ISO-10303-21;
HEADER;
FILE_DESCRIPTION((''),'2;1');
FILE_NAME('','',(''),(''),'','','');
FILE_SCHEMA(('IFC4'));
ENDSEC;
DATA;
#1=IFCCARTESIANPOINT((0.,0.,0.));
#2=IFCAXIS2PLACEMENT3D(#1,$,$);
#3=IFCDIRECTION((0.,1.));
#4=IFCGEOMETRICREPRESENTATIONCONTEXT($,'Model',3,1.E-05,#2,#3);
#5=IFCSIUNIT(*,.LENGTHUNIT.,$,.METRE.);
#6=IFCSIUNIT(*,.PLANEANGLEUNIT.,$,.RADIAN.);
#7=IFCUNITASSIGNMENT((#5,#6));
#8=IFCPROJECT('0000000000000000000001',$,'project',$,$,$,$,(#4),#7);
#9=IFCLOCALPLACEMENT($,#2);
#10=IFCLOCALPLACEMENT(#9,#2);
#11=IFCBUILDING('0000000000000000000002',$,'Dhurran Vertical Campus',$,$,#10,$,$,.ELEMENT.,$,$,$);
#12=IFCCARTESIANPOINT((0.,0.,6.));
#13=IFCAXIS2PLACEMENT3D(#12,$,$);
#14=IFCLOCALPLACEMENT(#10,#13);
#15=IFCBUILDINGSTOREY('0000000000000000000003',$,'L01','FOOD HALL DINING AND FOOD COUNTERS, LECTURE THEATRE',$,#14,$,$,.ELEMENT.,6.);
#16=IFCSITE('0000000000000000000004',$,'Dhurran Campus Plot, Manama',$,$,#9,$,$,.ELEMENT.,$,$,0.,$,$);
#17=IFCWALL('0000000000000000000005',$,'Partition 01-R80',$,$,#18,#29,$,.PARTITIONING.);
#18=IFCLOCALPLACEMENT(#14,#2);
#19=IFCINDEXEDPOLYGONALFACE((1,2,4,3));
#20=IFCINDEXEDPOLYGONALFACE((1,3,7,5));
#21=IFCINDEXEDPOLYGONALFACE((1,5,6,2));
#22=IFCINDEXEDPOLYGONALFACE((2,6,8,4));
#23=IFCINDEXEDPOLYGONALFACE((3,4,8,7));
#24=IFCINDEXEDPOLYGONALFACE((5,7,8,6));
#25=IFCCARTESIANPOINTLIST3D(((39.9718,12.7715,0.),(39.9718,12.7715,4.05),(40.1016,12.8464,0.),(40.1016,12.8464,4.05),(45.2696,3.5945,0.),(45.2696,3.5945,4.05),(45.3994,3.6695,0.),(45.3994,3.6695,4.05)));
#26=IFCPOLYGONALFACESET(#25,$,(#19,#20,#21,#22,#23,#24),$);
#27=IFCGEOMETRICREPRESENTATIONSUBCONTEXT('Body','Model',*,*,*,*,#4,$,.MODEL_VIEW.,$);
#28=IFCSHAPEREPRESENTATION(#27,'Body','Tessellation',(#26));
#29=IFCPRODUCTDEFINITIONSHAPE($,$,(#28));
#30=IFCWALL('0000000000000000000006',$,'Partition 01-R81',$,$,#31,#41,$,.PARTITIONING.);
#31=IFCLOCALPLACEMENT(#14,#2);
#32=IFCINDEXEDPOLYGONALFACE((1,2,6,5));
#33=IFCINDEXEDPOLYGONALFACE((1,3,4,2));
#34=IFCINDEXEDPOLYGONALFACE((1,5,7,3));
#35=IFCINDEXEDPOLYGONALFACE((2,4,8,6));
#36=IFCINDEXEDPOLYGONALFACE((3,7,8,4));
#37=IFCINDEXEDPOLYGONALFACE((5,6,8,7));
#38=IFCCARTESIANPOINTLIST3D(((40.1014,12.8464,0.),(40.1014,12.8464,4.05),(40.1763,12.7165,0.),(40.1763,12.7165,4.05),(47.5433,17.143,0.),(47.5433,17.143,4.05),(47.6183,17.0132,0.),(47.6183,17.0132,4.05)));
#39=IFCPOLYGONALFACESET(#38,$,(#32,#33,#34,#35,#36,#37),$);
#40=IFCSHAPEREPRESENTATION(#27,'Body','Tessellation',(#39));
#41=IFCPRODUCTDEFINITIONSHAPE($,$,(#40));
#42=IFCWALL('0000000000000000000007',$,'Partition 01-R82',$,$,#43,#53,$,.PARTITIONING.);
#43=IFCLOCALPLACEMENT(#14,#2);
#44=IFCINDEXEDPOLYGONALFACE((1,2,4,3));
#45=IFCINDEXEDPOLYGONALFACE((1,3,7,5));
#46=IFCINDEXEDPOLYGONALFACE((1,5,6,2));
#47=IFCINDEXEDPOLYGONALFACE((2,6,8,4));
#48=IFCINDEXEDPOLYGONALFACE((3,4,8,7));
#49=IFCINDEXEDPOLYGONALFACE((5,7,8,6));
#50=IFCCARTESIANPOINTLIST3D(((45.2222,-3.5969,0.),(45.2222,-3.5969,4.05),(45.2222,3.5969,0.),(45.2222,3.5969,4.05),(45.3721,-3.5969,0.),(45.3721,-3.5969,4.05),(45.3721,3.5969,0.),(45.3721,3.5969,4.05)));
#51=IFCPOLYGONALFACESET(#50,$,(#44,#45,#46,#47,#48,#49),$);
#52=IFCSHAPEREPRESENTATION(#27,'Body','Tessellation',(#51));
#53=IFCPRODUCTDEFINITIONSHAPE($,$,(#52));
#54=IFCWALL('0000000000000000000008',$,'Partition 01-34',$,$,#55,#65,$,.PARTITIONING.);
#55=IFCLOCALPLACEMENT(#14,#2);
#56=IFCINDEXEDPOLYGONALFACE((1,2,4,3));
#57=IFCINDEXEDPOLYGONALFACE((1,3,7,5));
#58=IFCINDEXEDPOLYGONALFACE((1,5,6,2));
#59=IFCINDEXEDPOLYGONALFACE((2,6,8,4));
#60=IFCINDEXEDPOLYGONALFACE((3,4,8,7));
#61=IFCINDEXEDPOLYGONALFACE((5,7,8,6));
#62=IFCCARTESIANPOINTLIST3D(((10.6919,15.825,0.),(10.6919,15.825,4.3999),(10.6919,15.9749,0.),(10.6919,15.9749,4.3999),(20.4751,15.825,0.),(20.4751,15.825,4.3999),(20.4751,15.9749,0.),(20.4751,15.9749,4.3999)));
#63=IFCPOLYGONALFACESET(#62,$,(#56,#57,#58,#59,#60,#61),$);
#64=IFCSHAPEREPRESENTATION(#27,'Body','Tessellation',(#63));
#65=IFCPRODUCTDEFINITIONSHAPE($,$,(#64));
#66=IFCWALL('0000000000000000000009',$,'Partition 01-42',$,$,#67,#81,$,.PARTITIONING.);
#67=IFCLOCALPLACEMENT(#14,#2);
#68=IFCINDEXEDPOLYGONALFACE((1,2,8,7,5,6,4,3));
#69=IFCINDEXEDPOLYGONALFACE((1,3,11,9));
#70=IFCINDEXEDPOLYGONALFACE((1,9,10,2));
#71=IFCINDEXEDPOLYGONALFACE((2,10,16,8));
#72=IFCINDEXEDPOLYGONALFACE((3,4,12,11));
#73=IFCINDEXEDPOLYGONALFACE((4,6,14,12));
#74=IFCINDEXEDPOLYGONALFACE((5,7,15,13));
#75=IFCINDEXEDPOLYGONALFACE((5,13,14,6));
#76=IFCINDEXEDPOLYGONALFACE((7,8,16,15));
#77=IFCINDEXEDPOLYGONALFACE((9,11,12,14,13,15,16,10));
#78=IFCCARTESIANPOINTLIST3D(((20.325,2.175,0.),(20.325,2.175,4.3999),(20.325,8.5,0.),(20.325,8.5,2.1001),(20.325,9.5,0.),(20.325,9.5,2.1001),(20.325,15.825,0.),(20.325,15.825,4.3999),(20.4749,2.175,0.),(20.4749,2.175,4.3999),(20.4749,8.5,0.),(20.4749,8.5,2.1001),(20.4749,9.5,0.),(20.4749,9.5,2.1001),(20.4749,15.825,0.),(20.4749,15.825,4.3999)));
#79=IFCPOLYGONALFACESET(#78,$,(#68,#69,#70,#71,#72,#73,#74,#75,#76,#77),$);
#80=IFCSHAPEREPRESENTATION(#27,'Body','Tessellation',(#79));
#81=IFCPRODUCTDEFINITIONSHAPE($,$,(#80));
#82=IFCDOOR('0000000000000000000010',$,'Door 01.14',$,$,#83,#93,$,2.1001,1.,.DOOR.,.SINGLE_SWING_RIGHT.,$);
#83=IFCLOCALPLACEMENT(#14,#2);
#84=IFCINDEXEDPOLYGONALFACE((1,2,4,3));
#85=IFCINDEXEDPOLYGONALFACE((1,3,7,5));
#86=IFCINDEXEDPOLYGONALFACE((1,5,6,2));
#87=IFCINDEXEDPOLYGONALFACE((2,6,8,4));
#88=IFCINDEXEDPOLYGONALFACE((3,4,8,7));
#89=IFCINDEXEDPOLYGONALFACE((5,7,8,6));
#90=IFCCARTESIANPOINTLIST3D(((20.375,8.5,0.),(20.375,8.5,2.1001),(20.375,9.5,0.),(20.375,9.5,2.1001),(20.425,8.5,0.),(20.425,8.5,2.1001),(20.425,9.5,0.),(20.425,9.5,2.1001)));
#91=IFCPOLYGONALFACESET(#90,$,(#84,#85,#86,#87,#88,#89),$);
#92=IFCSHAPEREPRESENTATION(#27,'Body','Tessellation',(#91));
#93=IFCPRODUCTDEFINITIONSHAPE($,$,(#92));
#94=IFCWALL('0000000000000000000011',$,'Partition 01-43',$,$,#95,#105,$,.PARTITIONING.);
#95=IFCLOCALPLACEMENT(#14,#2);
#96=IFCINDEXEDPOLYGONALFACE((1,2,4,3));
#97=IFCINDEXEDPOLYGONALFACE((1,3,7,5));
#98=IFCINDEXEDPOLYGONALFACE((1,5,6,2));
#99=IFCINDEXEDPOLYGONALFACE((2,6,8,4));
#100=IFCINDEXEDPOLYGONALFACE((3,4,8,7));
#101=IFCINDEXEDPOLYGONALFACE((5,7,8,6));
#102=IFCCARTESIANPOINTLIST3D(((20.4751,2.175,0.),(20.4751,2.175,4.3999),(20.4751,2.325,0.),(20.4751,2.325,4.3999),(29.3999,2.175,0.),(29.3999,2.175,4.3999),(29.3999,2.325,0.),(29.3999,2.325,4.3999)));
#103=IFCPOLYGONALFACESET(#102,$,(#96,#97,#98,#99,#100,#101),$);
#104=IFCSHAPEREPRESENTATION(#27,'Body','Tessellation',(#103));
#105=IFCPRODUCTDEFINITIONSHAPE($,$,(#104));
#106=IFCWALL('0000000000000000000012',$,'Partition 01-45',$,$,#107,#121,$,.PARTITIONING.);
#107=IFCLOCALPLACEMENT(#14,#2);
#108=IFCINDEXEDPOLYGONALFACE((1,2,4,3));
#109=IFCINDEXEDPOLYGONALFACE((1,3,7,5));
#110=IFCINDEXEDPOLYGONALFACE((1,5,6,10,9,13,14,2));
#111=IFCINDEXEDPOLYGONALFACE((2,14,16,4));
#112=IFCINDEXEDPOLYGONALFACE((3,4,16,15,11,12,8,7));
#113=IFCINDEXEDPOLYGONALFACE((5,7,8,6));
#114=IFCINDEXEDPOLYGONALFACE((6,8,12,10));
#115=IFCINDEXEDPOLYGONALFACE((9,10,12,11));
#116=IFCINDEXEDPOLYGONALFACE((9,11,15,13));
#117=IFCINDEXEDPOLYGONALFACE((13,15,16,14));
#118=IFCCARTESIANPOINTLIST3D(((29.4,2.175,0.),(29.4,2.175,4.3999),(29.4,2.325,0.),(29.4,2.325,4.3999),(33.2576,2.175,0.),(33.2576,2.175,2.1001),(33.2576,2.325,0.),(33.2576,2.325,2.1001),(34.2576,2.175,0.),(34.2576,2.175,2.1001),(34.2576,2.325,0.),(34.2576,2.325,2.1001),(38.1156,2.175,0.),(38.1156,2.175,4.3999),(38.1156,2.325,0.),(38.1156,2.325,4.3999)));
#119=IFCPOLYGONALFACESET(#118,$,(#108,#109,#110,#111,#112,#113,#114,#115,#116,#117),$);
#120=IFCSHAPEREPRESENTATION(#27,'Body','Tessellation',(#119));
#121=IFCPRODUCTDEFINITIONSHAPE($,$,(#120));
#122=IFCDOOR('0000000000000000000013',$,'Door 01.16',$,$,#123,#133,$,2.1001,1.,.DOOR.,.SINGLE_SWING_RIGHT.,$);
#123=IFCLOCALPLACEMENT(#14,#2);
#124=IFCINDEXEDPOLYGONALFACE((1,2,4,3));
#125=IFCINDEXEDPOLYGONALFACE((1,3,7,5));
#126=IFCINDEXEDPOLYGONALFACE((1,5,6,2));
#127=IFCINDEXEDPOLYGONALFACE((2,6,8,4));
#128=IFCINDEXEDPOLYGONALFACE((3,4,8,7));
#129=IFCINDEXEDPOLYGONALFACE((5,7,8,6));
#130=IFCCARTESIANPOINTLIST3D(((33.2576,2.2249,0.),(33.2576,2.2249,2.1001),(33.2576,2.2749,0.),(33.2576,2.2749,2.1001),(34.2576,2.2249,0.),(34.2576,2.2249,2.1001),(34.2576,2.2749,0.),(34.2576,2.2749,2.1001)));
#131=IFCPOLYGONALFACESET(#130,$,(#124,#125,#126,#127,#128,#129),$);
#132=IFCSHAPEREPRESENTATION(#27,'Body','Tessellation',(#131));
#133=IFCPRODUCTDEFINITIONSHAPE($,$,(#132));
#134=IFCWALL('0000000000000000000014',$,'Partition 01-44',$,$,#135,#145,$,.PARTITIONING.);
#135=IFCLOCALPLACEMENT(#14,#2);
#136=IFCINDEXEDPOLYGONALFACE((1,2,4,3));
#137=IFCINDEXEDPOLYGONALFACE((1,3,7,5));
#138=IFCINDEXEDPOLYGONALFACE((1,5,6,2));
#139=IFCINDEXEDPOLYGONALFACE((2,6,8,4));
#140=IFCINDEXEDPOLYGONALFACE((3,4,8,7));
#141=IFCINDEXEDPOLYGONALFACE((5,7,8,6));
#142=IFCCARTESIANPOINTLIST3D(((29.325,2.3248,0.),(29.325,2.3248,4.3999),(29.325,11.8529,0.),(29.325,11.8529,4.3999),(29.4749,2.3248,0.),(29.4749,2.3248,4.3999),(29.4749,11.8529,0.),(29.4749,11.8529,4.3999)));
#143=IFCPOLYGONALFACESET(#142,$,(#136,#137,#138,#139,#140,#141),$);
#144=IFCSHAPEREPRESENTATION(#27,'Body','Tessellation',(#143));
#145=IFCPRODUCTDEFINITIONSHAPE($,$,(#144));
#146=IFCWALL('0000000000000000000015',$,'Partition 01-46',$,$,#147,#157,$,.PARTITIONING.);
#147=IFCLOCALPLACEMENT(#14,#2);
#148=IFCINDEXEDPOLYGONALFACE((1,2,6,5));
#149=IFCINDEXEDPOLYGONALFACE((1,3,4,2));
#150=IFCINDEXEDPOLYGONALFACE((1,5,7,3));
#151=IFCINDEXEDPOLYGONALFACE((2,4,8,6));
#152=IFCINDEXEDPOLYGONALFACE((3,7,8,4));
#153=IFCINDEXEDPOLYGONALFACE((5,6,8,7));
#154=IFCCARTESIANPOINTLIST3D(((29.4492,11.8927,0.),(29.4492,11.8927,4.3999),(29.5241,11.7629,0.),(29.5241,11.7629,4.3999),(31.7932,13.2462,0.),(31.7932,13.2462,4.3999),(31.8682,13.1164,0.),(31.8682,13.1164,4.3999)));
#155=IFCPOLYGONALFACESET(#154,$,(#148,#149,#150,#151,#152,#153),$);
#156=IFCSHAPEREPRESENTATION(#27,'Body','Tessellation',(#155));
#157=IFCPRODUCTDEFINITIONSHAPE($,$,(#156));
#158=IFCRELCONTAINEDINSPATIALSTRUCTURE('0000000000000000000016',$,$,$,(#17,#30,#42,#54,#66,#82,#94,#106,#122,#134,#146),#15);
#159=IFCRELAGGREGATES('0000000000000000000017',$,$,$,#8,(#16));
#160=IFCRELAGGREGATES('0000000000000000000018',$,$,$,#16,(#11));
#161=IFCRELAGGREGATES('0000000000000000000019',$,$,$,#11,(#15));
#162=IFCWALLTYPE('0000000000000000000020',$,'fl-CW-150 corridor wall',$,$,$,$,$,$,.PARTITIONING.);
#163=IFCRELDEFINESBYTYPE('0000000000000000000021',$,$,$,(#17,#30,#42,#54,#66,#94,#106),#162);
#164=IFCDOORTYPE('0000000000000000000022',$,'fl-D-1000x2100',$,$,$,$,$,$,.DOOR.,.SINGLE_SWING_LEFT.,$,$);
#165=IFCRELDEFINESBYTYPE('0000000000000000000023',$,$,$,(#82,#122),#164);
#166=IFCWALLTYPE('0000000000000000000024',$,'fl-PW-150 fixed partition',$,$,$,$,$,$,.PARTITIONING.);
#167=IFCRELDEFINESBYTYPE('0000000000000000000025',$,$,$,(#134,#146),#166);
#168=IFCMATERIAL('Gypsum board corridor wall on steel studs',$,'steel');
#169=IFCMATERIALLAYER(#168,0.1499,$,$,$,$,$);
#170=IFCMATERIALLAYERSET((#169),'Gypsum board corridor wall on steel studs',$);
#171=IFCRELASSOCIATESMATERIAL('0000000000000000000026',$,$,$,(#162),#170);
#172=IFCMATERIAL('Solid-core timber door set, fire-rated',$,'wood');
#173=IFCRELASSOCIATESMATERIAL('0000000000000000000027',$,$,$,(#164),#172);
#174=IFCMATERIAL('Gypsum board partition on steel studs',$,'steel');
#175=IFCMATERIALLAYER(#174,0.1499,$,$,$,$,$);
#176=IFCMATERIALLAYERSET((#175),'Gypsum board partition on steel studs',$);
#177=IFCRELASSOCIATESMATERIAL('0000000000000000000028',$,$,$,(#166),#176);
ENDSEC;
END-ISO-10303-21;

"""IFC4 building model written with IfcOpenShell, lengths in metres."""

from ifc_helpers import new_model, si_unit, direction, frame, frame_2d, origin, place, context, subcontext, project, spatial, rectangle, extrude, material, layer, layer_set, type_object, element, fill, save


model = new_model("IFC4")

# Units and contexts
model_context = context("Model", 3, precision=1e-05, world=origin(), true_north=direction((0.0, 1.0)))
body_context = subcontext(model_context, "Body", "Model", "MODEL_VIEW")
ifc_project = project(units=[si_unit("LENGTHUNIT", "METRE"), si_unit("PLANEANGLEUNIT", "RADIAN")], contexts=[model_context])

# Site, building, storey
site_placement = place(None, origin())
site = spatial("IfcSite", under=ifc_project, at=site_placement, Name="Dhurran Campus Plot, Manama", CompositionType="ELEMENT", RefElevation=0.0)
building_placement = place(site_placement, origin())
building = spatial("IfcBuilding", under=site, at=building_placement, Name="Dhurran Vertical Campus", CompositionType="ELEMENT")
storey_placement = place(building_placement, frame((0.0, 0.0, 6.0)))
storey = spatial("IfcBuildingStorey", under=building, at=storey_placement, Name="L01", Description="FOOD HALL DINING AND FOOD COUNTERS, LECTURE THEATRE", CompositionType="ELEMENT", Elevation=6.0)

# Walls
ifc_material_1 = material(Name="Gypsum board corridor wall on steel studs", Category="steel")
ifc_layer_1 = layer(ifc_material_1, 0.1499)
ifc_layer_set_1 = layer_set([ifc_layer_1], Name="Gypsum board corridor wall on steel studs")
wall_type_1 = type_object("IfcWallType", Name="fl-CW-150 corridor wall", PredefinedType="PARTITIONING", material=ifc_layer_set_1)
wall_1_placement = place(storey_placement, frame((40.0366, 12.8091, 0.0), z_axis=(0.0, 0.0, 1.0), x_axis=(0.499965, -0.866046, 0.0)))
element("IfcWall", 1, at=wall_1_placement, inside=storey, type_object=wall_type_1, Name="Partition 01-R80", PredefinedType="PARTITIONING", context=body_context, shape_type="SweptSolid", body=[
    extrude(rectangle(XDim=10.5964, YDim=0.1499, at=frame_2d((5.2983, 0.0))), origin(), (0.0, 0.0, 1.0), 4.05),
])
wall_2_placement = place(storey_placement, frame((47.5808, 17.0781, 0.0), z_axis=(0.0, 0.0, 1.0), x_axis=(-0.866023, -0.500004, 0.0)))
element("IfcWall", 2, at=wall_2_placement, inside=storey, type_object=wall_type_1, Name="Partition 01-R81", PredefinedType="PARTITIONING", context=body_context, shape_type="SweptSolid", body=[
    extrude(rectangle(XDim=8.5933, YDim=0.1499, at=frame_2d((4.2966, 0.0))), origin(), (0.0, 0.0, 1.0), 4.05),
])
wall_3_placement = place(storey_placement, frame((45.2971, 3.5969, 0.0), z_axis=(0.0, 0.0, 1.0), x_axis=(0.0, -1.0, 0.0)))
element("IfcWall", 3, at=wall_3_placement, inside=storey, type_object=wall_type_1, Name="Partition 01-R82", PredefinedType="PARTITIONING", context=body_context, shape_type="SweptSolid", body=[
    extrude(rectangle(XDim=7.1938, YDim=0.1499, at=frame_2d((3.5969, 0.0))), origin(), (0.0, 0.0, 1.0), 4.05),
])
wall_4_placement = place(storey_placement, frame((20.4751, 15.8999, 0.0), z_axis=(0.0, 0.0, 1.0), x_axis=(-1.0, 0.0, 0.0)))
element("IfcWall", 4, at=wall_4_placement, inside=storey, type_object=wall_type_1, Name="Partition 01-34", PredefinedType="PARTITIONING", context=body_context, shape_type="SweptSolid", body=[
    extrude(rectangle(XDim=9.7832, YDim=0.1499, at=frame_2d((4.8916, 0.0))), origin(), (0.0, 0.0, 1.0), 4.3999),
])

# Wall, opening, door
wall_5_placement = place(storey_placement, frame((20.3999, 2.175, 0.0), z_axis=(0.0, 0.0, 1.0), x_axis=(0.0, 1.0, 0.0)))
wall_5 = element("IfcWall", 5, at=wall_5_placement, inside=storey, type_object=wall_type_1, Name="Partition 01-42", PredefinedType="PARTITIONING", context=body_context, shape_type="SweptSolid", body=[
    extrude(rectangle(XDim=13.6499, YDim=0.1499, at=frame_2d((6.825, 0.0))), origin(), (0.0, 0.0, 1.0), 4.3999),
])
opening_1_placement = place(wall_5_placement, frame((6.325, 0.0, 0.0)))
opening_1 = element("IfcOpeningElement", 6, at=opening_1_placement, cuts=wall_5, PredefinedType="OPENING", context=body_context, shape_type="SweptSolid", body=[
    extrude(rectangle(XDim=1.0, YDim=2.1001, at=frame_2d((0.5, 1.05))), frame((0.0, 0.085, 0.0), z_axis=(0.0, -1.0, 0.0), x_axis=(1.0, 0.0, 0.0)), (0.0, 0.0, 1.0), 0.1699),
])
ifc_material_2 = material(Name="Solid-core timber door set, fire-rated", Category="wood")
door_type = type_object("IfcDoorType", Name="fl-D-1000x2100", OperationType="SINGLE_SWING_LEFT", PredefinedType="DOOR", material=ifc_material_2)
door_1_placement = place(opening_1_placement, origin())
door_1 = element("IfcDoor", 7, at=door_1_placement, inside=storey, type_object=door_type, Name="Door 01.14", OperationType="SINGLE_SWING_RIGHT", OverallHeight=2.1001, OverallWidth=1.0, PredefinedType="DOOR", context=body_context, shape_type="SweptSolid", body=[
    extrude(rectangle(XDim=1.0, YDim=2.1001, at=frame_2d((0.5, 1.05))), frame((0.0, 0.0249, 0.0), z_axis=(0.0, -1.0, 0.0), x_axis=(1.0, 0.0, 0.0)), (0.0, 0.0, 1.0), 0.05),
])
fill(opening_1, door_1)

# Wall
wall_6_placement = place(storey_placement, frame((20.4751, 2.25, 0.0), z_axis=(0.0, 0.0, 1.0), x_axis=(1.0, 0.0, 0.0)))
element("IfcWall", 8, at=wall_6_placement, inside=storey, type_object=wall_type_1, Name="Partition 01-43", PredefinedType="PARTITIONING", context=body_context, shape_type="SweptSolid", body=[
    extrude(rectangle(XDim=8.9248, YDim=0.1499, at=frame_2d((4.4624, 0.0))), origin(), (0.0, 0.0, 1.0), 4.3999),
])

# Wall, opening, door
wall_7_placement = place(storey_placement, frame((29.3999, 2.25, 0.0), z_axis=(0.0, 0.0, 1.0), x_axis=(1.0, 0.0, 0.0)))
wall_7 = element("IfcWall", 9, at=wall_7_placement, inside=storey, type_object=wall_type_1, Name="Partition 01-45", PredefinedType="PARTITIONING", context=body_context, shape_type="SweptSolid", body=[
    extrude(rectangle(XDim=8.7156, YDim=0.1499, at=frame_2d((4.3579, 0.0))), origin(), (0.0, 0.0, 1.0), 4.3999),
])
opening_2_placement = place(wall_7_placement, frame((3.8577, 0.0, 0.0)))
opening_2 = element("IfcOpeningElement", 10, at=opening_2_placement, cuts=wall_7, PredefinedType="OPENING", context=body_context, shape_type="SweptSolid", body=[
    extrude(rectangle(XDim=1.0, YDim=2.1001, at=frame_2d((0.5, 1.05))), frame((0.0, 0.085, 0.0), z_axis=(0.0, -1.0, 0.0), x_axis=(1.0, 0.0, 0.0)), (0.0, 0.0, 1.0), 0.1699),
])
door_2_placement = place(opening_2_placement, origin())
door_2 = element("IfcDoor", 11, at=door_2_placement, inside=storey, type_object=door_type, Name="Door 01.16", OperationType="SINGLE_SWING_RIGHT", OverallHeight=2.1001, OverallWidth=1.0, PredefinedType="DOOR", context=body_context, shape_type="SweptSolid", body=[
    extrude(rectangle(XDim=1.0, YDim=2.1001, at=frame_2d((0.5, 1.05))), frame((0.0, 0.0249, 0.0), z_axis=(0.0, -1.0, 0.0), x_axis=(1.0, 0.0, 0.0)), (0.0, 0.0, 1.0), 0.05),
])
fill(opening_2, door_2)

# Walls
ifc_material_3 = material(Name="Gypsum board partition on steel studs", Category="steel")
ifc_layer_2 = layer(ifc_material_3, 0.1499)
ifc_layer_set_2 = layer_set([ifc_layer_2], Name="Gypsum board partition on steel studs")
wall_type_2 = type_object("IfcWallType", Name="fl-PW-150 fixed partition", PredefinedType="PARTITIONING", material=ifc_layer_set_2)
wall_8_placement = place(storey_placement, frame((29.3999, 11.853, 0.0), z_axis=(0.0, 0.0, 1.0), x_axis=(0.0, -1.0, 0.0)))
element("IfcWall", 12, at=wall_8_placement, inside=storey, type_object=wall_type_2, Name="Partition 01-44", PredefinedType="PARTITIONING", context=body_context, shape_type="SweptSolid", body=[
    extrude(rectangle(XDim=9.5281, YDim=0.1499, at=frame_2d((4.7642, 0.0))), origin(), (0.0, 0.0, 1.0), 4.3999),
])
wall_9_placement = place(storey_placement, frame((31.8308, 13.1814, 0.0), z_axis=(0.0, 0.0, 1.0), x_axis=(-0.865992, -0.500058, 0.0)))
element("IfcWall", 13, at=wall_9_placement, inside=storey, type_object=wall_type_2, Name="Partition 01-46", PredefinedType="PARTITIONING", context=body_context, shape_type="SweptSolid", body=[
    extrude(rectangle(XDim=2.7068, YDim=0.1499, at=frame_2d((1.3535, 0.0))), origin(), (0.0, 0.0, 1.0), 4.3999),
])

save(model, "model.ifc")
